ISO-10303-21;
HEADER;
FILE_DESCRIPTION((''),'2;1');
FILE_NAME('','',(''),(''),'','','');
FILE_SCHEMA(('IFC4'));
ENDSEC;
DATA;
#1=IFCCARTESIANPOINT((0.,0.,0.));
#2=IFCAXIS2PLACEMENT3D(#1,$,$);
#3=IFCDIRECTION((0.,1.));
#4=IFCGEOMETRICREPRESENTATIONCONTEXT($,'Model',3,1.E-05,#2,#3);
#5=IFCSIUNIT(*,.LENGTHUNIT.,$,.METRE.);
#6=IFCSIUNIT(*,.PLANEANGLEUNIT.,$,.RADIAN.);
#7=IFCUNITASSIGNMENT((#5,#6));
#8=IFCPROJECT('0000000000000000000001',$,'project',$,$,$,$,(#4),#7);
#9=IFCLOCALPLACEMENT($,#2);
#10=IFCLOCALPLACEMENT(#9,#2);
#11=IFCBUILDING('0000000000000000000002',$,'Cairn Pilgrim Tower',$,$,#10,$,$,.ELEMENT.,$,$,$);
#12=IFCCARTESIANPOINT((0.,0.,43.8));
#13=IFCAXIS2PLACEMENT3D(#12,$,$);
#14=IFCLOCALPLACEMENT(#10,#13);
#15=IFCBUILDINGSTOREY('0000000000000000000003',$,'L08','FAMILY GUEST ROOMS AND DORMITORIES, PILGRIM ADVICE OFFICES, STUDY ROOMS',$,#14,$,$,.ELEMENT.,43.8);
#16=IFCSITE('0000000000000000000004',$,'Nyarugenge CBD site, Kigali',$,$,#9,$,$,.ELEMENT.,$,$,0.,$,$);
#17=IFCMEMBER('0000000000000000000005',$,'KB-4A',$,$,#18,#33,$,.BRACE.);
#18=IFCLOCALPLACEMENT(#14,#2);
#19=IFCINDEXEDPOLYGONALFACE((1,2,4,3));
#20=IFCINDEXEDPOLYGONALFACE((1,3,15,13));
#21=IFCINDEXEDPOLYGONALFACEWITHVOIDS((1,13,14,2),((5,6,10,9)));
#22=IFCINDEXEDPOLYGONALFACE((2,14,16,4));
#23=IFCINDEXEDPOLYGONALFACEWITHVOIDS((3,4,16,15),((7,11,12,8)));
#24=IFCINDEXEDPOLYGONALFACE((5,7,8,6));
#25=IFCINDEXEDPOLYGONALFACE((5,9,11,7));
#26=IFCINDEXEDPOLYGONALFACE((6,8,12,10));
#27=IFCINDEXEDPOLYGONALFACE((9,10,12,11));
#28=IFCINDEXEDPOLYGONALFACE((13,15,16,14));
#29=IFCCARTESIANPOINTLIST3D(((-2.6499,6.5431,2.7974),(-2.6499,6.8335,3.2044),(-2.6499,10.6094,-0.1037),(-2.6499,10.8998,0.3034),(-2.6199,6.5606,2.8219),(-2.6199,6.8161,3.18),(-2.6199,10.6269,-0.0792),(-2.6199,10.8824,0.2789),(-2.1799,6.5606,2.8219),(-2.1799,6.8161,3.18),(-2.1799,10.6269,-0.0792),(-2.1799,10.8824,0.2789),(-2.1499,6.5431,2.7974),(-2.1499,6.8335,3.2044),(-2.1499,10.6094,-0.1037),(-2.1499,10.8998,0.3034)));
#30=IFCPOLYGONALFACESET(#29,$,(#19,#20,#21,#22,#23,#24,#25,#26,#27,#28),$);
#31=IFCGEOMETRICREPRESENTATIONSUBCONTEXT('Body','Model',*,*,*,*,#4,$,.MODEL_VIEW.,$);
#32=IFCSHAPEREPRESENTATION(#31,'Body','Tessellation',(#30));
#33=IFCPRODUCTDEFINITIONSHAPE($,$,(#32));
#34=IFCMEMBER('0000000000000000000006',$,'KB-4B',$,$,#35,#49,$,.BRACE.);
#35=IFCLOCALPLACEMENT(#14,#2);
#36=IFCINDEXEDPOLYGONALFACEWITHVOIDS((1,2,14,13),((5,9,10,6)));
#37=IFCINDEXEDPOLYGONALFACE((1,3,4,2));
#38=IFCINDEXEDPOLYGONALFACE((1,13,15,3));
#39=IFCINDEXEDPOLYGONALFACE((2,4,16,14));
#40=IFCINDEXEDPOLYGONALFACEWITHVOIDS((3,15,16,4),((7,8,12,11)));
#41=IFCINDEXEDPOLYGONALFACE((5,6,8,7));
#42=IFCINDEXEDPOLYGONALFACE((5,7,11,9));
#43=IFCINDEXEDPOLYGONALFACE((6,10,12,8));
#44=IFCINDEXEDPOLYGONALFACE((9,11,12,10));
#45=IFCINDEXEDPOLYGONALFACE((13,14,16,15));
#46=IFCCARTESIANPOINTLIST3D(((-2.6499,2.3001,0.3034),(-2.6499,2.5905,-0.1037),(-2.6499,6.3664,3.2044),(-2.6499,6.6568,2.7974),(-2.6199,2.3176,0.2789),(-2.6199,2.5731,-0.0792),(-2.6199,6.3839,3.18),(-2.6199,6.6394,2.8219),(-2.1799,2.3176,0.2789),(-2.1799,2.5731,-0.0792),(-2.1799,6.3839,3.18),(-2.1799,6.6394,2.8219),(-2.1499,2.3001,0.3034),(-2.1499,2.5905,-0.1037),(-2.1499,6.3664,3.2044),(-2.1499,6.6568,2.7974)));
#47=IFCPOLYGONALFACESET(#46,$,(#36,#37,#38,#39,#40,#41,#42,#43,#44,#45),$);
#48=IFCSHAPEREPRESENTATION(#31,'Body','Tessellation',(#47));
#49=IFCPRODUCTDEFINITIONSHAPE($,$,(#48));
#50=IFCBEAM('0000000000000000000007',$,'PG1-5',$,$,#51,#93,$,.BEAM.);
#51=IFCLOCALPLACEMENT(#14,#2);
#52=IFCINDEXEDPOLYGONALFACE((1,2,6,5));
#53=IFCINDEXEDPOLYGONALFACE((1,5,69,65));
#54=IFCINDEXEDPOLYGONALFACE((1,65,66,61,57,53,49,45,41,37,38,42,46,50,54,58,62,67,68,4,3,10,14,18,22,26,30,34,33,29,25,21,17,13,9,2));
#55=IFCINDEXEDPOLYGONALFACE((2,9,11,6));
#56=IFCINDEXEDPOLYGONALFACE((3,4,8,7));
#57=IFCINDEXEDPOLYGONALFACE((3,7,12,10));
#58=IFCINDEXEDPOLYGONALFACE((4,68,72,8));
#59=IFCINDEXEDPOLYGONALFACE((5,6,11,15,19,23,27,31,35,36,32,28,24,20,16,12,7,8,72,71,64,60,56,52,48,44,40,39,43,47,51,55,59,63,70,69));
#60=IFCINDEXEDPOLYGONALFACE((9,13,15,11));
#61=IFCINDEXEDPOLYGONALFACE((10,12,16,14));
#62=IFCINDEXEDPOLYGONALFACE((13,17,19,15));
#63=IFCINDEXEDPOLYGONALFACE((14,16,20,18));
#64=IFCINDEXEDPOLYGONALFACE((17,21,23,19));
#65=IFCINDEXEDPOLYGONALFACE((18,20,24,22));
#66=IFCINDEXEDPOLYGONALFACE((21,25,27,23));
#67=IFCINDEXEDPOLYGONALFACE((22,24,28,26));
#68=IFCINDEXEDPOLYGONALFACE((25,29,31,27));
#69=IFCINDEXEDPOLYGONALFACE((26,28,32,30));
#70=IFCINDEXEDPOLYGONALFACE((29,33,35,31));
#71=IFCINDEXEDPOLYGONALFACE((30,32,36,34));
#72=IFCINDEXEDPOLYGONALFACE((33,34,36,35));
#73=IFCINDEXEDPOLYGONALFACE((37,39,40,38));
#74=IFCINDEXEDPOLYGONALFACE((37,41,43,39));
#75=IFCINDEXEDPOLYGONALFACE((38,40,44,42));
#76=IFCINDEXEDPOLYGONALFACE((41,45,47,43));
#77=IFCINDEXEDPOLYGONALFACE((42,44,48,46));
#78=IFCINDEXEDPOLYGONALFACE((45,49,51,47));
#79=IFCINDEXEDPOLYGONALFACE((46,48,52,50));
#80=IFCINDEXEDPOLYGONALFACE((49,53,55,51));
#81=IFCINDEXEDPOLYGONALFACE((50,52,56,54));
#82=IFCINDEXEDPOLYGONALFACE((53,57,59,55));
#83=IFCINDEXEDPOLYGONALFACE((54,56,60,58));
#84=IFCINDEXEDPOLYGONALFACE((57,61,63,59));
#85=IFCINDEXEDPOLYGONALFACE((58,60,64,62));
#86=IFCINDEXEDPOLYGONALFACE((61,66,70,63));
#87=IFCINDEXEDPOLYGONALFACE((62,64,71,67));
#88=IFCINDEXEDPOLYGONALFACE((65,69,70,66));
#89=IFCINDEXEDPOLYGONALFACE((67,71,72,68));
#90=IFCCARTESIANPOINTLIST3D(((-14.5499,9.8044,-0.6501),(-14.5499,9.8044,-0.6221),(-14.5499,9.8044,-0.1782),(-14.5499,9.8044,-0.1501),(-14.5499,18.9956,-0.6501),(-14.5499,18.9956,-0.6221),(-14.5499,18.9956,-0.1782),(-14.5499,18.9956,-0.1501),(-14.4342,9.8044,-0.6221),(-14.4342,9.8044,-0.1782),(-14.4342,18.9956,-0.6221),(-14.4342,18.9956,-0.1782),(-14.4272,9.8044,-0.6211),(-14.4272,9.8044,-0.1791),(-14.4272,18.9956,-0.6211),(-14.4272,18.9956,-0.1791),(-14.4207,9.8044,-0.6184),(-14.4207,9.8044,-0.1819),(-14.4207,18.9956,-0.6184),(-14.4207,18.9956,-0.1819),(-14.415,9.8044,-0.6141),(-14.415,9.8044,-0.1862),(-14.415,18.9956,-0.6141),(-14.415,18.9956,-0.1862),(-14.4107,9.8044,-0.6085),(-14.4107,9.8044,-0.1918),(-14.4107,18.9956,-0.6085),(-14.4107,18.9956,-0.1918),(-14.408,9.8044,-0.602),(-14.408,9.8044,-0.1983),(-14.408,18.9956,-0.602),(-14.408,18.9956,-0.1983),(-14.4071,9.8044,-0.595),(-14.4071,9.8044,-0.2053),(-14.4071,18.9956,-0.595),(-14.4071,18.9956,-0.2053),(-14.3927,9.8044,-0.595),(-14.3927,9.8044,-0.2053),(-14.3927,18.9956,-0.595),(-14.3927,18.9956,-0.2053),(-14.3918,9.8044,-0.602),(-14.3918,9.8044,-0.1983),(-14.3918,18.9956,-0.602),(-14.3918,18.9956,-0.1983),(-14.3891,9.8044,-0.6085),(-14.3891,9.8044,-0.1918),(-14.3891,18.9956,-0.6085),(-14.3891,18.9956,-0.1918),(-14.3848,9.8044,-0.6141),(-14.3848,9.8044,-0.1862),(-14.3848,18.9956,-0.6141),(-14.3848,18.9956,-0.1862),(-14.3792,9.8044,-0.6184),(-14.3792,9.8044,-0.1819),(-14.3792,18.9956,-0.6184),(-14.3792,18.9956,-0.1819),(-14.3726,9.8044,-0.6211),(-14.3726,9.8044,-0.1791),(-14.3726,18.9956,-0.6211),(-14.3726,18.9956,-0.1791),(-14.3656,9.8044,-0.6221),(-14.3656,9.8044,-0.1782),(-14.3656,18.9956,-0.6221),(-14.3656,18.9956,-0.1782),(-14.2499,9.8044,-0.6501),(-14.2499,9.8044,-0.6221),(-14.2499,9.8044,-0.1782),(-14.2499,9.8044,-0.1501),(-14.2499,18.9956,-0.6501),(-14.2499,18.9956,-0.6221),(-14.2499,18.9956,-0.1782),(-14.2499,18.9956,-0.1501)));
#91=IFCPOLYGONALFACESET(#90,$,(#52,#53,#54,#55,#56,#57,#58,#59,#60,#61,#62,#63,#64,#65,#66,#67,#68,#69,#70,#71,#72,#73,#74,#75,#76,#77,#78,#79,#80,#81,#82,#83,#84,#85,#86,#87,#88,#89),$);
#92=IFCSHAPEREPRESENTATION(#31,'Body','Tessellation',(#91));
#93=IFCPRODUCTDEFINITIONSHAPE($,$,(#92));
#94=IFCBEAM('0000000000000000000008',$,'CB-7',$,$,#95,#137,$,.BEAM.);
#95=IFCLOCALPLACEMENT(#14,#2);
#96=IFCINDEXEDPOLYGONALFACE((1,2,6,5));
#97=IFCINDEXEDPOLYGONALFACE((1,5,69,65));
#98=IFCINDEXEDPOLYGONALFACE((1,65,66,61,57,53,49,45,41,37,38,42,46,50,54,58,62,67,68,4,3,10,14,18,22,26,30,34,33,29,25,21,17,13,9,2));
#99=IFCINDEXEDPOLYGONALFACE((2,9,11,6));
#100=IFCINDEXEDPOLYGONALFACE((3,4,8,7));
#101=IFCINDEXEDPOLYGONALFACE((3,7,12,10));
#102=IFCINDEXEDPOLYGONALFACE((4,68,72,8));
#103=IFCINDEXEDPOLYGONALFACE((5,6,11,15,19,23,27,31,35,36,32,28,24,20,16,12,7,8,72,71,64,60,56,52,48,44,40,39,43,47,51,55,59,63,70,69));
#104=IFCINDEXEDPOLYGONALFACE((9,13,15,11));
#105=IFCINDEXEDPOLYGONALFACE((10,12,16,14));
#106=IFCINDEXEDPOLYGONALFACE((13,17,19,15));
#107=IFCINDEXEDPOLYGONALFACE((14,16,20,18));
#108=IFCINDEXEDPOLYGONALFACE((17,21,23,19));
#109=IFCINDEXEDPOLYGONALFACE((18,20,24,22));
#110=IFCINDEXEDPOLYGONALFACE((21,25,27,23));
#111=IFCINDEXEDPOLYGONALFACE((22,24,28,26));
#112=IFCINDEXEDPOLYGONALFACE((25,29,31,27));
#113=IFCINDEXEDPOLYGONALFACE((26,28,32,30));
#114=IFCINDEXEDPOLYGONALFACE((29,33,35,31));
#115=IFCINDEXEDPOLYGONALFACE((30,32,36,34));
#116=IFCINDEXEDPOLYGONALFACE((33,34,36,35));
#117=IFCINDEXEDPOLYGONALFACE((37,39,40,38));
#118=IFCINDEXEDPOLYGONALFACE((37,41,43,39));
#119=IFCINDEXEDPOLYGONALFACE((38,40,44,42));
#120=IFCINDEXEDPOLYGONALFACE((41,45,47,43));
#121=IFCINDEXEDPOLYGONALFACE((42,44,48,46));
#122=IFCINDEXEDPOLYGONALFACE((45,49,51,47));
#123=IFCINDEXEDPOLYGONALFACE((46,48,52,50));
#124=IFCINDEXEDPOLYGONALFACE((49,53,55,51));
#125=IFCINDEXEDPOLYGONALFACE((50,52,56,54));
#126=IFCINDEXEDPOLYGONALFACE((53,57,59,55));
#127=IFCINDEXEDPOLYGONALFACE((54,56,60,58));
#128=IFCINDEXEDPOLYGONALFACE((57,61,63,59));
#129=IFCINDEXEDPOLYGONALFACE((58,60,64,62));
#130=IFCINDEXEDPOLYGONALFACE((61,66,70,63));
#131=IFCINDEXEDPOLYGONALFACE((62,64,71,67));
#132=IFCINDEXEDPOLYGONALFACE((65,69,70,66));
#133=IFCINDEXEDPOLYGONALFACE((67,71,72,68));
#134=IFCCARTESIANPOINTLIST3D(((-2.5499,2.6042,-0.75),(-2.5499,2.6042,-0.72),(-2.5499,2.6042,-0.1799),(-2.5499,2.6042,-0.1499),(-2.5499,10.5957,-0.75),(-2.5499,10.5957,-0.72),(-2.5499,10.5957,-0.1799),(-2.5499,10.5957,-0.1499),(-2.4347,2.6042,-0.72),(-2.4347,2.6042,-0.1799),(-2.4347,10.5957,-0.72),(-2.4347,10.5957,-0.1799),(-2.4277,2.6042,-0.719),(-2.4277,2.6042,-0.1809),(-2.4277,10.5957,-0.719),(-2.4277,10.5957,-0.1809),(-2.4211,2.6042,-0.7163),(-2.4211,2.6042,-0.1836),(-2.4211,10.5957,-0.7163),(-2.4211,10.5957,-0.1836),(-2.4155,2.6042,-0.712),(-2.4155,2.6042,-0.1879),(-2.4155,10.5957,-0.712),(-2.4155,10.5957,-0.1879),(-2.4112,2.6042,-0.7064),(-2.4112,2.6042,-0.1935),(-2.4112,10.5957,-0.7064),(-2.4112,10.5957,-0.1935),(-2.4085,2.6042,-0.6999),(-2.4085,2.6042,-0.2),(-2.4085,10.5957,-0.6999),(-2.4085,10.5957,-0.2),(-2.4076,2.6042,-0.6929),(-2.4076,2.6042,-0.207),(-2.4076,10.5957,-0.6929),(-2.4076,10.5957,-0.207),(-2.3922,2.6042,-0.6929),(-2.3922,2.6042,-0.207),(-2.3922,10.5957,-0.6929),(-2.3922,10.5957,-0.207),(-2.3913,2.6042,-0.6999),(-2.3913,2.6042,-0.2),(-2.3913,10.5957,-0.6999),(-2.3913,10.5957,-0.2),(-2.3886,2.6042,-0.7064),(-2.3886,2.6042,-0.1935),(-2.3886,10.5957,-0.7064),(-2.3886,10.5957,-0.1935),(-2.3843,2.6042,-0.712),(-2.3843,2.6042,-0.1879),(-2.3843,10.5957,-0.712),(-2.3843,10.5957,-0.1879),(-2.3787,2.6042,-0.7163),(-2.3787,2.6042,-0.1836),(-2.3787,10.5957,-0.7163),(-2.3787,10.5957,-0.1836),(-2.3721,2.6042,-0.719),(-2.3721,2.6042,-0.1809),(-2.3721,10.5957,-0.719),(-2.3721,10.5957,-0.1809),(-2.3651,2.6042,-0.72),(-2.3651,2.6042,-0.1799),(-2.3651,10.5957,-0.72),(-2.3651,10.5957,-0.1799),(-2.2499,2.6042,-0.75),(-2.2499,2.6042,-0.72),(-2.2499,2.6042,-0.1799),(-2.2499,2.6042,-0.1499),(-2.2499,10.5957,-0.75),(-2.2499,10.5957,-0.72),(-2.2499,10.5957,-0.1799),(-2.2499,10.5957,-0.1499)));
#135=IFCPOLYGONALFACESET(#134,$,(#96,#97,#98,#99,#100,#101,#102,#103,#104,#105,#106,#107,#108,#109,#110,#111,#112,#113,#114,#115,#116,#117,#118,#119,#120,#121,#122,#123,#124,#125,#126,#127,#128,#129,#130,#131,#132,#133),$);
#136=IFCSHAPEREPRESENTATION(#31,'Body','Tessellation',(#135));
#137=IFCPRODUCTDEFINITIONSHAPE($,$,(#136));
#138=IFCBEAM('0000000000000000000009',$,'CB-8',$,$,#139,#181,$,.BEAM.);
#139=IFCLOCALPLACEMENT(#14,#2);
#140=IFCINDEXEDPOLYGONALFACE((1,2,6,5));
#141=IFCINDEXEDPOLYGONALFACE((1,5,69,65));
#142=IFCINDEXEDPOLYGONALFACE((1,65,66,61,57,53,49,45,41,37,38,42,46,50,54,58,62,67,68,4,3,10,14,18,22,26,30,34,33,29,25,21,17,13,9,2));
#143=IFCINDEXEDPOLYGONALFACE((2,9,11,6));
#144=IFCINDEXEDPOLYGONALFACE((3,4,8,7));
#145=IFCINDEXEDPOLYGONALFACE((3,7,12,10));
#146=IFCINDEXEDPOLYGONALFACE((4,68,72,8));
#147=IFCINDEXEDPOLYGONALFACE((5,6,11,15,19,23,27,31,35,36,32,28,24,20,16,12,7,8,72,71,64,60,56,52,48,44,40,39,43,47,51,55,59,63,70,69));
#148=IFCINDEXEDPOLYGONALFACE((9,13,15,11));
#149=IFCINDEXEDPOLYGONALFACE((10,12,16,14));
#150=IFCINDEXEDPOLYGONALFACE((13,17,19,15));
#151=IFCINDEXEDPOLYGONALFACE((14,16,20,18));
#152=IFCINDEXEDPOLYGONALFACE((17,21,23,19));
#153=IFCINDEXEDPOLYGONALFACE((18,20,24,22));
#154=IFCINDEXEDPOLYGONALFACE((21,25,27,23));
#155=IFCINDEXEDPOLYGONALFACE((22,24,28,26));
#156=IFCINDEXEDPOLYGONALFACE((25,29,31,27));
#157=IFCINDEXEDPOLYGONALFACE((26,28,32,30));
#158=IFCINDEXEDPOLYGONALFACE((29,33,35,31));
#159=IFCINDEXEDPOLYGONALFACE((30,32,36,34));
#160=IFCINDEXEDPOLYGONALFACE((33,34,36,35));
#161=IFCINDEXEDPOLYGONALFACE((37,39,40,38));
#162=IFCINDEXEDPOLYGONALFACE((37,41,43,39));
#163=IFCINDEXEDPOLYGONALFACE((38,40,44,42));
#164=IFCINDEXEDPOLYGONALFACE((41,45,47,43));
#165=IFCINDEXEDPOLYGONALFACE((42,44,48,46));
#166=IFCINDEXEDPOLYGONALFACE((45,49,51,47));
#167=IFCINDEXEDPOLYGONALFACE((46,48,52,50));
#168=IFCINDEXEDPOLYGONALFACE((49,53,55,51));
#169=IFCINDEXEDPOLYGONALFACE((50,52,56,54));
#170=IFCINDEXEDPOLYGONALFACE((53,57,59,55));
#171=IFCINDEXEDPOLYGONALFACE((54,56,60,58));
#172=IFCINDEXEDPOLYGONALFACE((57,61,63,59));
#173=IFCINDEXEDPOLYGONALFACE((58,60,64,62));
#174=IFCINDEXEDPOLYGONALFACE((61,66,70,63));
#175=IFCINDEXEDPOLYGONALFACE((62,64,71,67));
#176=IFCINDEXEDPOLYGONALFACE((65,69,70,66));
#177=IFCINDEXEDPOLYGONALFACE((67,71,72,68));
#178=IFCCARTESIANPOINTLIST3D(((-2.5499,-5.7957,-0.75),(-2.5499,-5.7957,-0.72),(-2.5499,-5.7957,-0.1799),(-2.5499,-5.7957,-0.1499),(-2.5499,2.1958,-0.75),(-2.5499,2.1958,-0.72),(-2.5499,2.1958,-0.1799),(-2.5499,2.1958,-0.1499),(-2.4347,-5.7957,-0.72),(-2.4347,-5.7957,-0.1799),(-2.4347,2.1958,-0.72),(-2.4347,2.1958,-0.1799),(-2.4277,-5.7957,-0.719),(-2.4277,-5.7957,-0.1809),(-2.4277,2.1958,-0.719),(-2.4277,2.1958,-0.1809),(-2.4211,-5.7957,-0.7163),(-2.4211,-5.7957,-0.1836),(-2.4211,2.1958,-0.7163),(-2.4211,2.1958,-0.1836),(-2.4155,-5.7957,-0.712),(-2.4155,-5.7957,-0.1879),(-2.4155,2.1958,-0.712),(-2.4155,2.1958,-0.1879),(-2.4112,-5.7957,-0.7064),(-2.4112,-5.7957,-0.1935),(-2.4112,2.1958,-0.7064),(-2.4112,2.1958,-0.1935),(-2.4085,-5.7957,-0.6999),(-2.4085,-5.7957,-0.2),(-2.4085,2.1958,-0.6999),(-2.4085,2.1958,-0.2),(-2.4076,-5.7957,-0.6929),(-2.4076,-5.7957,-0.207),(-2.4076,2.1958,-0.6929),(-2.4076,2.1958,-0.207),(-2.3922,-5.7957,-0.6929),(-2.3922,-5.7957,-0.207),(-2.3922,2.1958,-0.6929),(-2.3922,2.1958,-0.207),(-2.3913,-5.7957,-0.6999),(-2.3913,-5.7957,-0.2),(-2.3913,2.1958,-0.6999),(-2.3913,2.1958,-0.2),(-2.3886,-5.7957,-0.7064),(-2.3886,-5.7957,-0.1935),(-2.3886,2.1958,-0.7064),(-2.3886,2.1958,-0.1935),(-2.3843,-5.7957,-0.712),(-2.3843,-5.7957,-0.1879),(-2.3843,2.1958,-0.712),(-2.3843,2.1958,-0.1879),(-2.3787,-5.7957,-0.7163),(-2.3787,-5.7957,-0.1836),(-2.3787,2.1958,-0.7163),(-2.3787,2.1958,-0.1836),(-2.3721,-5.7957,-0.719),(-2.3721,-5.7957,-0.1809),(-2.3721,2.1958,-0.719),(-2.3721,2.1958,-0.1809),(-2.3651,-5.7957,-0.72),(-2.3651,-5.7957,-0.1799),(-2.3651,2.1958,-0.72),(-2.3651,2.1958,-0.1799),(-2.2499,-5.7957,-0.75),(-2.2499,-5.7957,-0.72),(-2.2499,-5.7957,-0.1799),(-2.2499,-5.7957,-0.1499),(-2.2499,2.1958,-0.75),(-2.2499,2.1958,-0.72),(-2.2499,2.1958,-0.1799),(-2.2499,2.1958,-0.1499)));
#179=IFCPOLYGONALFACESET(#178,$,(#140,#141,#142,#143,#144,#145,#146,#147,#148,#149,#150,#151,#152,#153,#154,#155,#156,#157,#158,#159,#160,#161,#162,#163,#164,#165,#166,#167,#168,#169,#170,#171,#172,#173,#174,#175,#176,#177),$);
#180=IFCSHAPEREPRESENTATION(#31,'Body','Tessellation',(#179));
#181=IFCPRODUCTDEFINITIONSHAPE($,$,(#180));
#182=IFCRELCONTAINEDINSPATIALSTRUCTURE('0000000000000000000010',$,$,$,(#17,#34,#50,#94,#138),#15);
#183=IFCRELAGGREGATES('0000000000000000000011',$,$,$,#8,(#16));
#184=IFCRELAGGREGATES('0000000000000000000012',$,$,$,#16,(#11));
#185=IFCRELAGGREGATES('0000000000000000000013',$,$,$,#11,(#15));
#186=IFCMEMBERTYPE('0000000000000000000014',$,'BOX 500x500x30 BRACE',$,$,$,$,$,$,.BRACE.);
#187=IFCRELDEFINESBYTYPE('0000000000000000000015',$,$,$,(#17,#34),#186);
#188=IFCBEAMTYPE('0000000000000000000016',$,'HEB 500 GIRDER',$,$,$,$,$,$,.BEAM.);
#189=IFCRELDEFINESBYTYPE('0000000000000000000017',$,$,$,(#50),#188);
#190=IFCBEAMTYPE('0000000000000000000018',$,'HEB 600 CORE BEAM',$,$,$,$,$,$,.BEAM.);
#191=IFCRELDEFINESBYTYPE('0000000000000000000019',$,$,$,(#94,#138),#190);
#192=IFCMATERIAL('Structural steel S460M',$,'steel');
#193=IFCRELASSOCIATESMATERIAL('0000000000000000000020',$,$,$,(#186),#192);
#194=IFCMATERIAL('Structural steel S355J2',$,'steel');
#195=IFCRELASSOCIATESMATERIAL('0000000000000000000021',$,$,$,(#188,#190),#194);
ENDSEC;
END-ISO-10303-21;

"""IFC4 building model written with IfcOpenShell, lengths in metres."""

from ifc_helpers import new_model, si_unit, direction, frame, origin, origin_2d, place, context, subcontext, project, spatial, hollow_rectangle, i_section, extrude, material, material_profile, profile_set, type_object, element, save


model = new_model("IFC4")

# Units and contexts
model_context = context("Model", 3, precision=1e-05, world=origin(), true_north=direction((0.0, 1.0)))
body_context = subcontext(model_context, "Body", "Model", "MODEL_VIEW")
ifc_project = project(units=[si_unit("LENGTHUNIT", "METRE"), si_unit("PLANEANGLEUNIT", "RADIAN")], contexts=[model_context])

# Site, building, storey
site_placement = place(None, origin())
site = spatial("IfcSite", under=ifc_project, at=site_placement, Name="Nyarugenge CBD site, Kigali", CompositionType="ELEMENT", RefElevation=0.0)
building_placement = place(site_placement, origin())
building = spatial("IfcBuilding", under=site, at=building_placement, Name="Cairn Pilgrim Tower", CompositionType="ELEMENT")
storey_placement = place(building_placement, frame((0.0, 0.0, 43.8)))
storey = spatial("IfcBuildingStorey", under=building, at=storey_placement, Name="L08", Description="FAMILY GUEST ROOMS AND DORMITORIES, PILGRIM ADVICE OFFICES, STUDY ROOMS", CompositionType="ELEMENT", Elevation=43.8)

# Shared definitions
ifc_material_1 = material(Name="Structural steel S460M", Category="steel")

# Members
ifc_material_profile_1 = material_profile(ifc_material_1, hollow_rectangle(XDim=0.5, YDim=0.5, WallThickness=0.03, at=origin_2d()), Name="BOX 500x500x30")
ifc_profile_set_1 = profile_set([ifc_material_profile_1], Name="Structural steel S460M")
member_type = type_object("IfcMemberType", Name="BOX 500x500x30 BRACE", PredefinedType="BRACE", material=ifc_profile_set_1)
for number, where, z_axis, x_axis, name in (
    (1, (-2.3999, 10.7546, 0.0999), (0.0, -0.81406, 0.58078), (1.0, 0.0, 0.0), "KB-4A"),
    (2, (-2.3999, 2.4453, 0.0999), (0.0, 0.81406, 0.58078), (-1.0, 0.0, 0.0), "KB-4B"),
):
    element("IfcMember", number, at=place(storey_placement, frame(where, z_axis=z_axis, x_axis=x_axis)), inside=storey, type_object=member_type, Name=name, PredefinedType="BRACE", context=body_context, shape_type="SweptSolid", body=[
        extrude(hollow_rectangle(XDim=0.5, YDim=0.5, WallThickness=0.03, at=origin_2d()), origin(), (0.0, 0.0, 1.0), 4.9951),
    ])

# Beams
ifc_material_2 = material(Name="Structural steel S355J2", Category="steel")
ifc_material_profile_2 = material_profile(ifc_material_2, i_section(OverallWidth=0.3, OverallDepth=0.5, WebThickness=0.0144, FlangeThickness=0.0281, FilletRadius=0.0271, at=origin_2d()), Name="HEB 500")
ifc_profile_set_2 = profile_set([ifc_material_profile_2], Name="Structural steel S355J2")
beam_type_1 = type_object("IfcBeamType", Name="HEB 500 GIRDER", PredefinedType="BEAM", material=ifc_profile_set_2)
beam_1_placement = place(storey_placement, frame((-14.3999, 9.8044, -0.4001), z_axis=(0.0, 1.0, 0.0), x_axis=(-1.0, 0.0, 0.0)))
element("IfcBeam", 3, at=beam_1_placement, inside=storey, type_object=beam_type_1, Name="PG1-5", PredefinedType="BEAM", context=body_context, shape_type="SweptSolid", body=[
    extrude(i_section(OverallWidth=0.3, OverallDepth=0.5, WebThickness=0.0144, FlangeThickness=0.0281, FilletRadius=0.0271, at=origin_2d()), origin(), (0.0, 0.0, 1.0), 9.1912),
])
ifc_material_profile_3 = material_profile(ifc_material_2, i_section(OverallWidth=0.3, OverallDepth=0.6001, WebThickness=0.0154, FlangeThickness=0.03, FilletRadius=0.0271, at=origin_2d()), Name="HEB 600")
ifc_profile_set_3 = profile_set([ifc_material_profile_3], Name="Structural steel S355J2")
beam_type_2 = type_object("IfcBeamType", Name="HEB 600 CORE BEAM", PredefinedType="BEAM", material=ifc_profile_set_3)
for number, where, z_axis, x_axis, name in (
    (4, (-2.3999, 10.5957, -0.45), (0.0, -1.0, 0.0), (1.0, 0.0, 0.0), "CB-7"),
    (5, (-2.3999, 2.1958, -0.45), (0.0, -1.0, 0.0), (1.0, 0.0, 0.0), "CB-8"),
):
    element("IfcBeam", number, at=place(storey_placement, frame(where, z_axis=z_axis, x_axis=x_axis)), inside=storey, type_object=beam_type_2, Name=name, PredefinedType="BEAM", context=body_context, shape_type="SweptSolid", body=[
        extrude(i_section(OverallWidth=0.3, OverallDepth=0.6001, WebThickness=0.0154, FlangeThickness=0.03, FilletRadius=0.0271, at=origin_2d()), origin(), (0.0, 0.0, 1.0), 7.9915),
    ])

save(model, "model.ifc")
